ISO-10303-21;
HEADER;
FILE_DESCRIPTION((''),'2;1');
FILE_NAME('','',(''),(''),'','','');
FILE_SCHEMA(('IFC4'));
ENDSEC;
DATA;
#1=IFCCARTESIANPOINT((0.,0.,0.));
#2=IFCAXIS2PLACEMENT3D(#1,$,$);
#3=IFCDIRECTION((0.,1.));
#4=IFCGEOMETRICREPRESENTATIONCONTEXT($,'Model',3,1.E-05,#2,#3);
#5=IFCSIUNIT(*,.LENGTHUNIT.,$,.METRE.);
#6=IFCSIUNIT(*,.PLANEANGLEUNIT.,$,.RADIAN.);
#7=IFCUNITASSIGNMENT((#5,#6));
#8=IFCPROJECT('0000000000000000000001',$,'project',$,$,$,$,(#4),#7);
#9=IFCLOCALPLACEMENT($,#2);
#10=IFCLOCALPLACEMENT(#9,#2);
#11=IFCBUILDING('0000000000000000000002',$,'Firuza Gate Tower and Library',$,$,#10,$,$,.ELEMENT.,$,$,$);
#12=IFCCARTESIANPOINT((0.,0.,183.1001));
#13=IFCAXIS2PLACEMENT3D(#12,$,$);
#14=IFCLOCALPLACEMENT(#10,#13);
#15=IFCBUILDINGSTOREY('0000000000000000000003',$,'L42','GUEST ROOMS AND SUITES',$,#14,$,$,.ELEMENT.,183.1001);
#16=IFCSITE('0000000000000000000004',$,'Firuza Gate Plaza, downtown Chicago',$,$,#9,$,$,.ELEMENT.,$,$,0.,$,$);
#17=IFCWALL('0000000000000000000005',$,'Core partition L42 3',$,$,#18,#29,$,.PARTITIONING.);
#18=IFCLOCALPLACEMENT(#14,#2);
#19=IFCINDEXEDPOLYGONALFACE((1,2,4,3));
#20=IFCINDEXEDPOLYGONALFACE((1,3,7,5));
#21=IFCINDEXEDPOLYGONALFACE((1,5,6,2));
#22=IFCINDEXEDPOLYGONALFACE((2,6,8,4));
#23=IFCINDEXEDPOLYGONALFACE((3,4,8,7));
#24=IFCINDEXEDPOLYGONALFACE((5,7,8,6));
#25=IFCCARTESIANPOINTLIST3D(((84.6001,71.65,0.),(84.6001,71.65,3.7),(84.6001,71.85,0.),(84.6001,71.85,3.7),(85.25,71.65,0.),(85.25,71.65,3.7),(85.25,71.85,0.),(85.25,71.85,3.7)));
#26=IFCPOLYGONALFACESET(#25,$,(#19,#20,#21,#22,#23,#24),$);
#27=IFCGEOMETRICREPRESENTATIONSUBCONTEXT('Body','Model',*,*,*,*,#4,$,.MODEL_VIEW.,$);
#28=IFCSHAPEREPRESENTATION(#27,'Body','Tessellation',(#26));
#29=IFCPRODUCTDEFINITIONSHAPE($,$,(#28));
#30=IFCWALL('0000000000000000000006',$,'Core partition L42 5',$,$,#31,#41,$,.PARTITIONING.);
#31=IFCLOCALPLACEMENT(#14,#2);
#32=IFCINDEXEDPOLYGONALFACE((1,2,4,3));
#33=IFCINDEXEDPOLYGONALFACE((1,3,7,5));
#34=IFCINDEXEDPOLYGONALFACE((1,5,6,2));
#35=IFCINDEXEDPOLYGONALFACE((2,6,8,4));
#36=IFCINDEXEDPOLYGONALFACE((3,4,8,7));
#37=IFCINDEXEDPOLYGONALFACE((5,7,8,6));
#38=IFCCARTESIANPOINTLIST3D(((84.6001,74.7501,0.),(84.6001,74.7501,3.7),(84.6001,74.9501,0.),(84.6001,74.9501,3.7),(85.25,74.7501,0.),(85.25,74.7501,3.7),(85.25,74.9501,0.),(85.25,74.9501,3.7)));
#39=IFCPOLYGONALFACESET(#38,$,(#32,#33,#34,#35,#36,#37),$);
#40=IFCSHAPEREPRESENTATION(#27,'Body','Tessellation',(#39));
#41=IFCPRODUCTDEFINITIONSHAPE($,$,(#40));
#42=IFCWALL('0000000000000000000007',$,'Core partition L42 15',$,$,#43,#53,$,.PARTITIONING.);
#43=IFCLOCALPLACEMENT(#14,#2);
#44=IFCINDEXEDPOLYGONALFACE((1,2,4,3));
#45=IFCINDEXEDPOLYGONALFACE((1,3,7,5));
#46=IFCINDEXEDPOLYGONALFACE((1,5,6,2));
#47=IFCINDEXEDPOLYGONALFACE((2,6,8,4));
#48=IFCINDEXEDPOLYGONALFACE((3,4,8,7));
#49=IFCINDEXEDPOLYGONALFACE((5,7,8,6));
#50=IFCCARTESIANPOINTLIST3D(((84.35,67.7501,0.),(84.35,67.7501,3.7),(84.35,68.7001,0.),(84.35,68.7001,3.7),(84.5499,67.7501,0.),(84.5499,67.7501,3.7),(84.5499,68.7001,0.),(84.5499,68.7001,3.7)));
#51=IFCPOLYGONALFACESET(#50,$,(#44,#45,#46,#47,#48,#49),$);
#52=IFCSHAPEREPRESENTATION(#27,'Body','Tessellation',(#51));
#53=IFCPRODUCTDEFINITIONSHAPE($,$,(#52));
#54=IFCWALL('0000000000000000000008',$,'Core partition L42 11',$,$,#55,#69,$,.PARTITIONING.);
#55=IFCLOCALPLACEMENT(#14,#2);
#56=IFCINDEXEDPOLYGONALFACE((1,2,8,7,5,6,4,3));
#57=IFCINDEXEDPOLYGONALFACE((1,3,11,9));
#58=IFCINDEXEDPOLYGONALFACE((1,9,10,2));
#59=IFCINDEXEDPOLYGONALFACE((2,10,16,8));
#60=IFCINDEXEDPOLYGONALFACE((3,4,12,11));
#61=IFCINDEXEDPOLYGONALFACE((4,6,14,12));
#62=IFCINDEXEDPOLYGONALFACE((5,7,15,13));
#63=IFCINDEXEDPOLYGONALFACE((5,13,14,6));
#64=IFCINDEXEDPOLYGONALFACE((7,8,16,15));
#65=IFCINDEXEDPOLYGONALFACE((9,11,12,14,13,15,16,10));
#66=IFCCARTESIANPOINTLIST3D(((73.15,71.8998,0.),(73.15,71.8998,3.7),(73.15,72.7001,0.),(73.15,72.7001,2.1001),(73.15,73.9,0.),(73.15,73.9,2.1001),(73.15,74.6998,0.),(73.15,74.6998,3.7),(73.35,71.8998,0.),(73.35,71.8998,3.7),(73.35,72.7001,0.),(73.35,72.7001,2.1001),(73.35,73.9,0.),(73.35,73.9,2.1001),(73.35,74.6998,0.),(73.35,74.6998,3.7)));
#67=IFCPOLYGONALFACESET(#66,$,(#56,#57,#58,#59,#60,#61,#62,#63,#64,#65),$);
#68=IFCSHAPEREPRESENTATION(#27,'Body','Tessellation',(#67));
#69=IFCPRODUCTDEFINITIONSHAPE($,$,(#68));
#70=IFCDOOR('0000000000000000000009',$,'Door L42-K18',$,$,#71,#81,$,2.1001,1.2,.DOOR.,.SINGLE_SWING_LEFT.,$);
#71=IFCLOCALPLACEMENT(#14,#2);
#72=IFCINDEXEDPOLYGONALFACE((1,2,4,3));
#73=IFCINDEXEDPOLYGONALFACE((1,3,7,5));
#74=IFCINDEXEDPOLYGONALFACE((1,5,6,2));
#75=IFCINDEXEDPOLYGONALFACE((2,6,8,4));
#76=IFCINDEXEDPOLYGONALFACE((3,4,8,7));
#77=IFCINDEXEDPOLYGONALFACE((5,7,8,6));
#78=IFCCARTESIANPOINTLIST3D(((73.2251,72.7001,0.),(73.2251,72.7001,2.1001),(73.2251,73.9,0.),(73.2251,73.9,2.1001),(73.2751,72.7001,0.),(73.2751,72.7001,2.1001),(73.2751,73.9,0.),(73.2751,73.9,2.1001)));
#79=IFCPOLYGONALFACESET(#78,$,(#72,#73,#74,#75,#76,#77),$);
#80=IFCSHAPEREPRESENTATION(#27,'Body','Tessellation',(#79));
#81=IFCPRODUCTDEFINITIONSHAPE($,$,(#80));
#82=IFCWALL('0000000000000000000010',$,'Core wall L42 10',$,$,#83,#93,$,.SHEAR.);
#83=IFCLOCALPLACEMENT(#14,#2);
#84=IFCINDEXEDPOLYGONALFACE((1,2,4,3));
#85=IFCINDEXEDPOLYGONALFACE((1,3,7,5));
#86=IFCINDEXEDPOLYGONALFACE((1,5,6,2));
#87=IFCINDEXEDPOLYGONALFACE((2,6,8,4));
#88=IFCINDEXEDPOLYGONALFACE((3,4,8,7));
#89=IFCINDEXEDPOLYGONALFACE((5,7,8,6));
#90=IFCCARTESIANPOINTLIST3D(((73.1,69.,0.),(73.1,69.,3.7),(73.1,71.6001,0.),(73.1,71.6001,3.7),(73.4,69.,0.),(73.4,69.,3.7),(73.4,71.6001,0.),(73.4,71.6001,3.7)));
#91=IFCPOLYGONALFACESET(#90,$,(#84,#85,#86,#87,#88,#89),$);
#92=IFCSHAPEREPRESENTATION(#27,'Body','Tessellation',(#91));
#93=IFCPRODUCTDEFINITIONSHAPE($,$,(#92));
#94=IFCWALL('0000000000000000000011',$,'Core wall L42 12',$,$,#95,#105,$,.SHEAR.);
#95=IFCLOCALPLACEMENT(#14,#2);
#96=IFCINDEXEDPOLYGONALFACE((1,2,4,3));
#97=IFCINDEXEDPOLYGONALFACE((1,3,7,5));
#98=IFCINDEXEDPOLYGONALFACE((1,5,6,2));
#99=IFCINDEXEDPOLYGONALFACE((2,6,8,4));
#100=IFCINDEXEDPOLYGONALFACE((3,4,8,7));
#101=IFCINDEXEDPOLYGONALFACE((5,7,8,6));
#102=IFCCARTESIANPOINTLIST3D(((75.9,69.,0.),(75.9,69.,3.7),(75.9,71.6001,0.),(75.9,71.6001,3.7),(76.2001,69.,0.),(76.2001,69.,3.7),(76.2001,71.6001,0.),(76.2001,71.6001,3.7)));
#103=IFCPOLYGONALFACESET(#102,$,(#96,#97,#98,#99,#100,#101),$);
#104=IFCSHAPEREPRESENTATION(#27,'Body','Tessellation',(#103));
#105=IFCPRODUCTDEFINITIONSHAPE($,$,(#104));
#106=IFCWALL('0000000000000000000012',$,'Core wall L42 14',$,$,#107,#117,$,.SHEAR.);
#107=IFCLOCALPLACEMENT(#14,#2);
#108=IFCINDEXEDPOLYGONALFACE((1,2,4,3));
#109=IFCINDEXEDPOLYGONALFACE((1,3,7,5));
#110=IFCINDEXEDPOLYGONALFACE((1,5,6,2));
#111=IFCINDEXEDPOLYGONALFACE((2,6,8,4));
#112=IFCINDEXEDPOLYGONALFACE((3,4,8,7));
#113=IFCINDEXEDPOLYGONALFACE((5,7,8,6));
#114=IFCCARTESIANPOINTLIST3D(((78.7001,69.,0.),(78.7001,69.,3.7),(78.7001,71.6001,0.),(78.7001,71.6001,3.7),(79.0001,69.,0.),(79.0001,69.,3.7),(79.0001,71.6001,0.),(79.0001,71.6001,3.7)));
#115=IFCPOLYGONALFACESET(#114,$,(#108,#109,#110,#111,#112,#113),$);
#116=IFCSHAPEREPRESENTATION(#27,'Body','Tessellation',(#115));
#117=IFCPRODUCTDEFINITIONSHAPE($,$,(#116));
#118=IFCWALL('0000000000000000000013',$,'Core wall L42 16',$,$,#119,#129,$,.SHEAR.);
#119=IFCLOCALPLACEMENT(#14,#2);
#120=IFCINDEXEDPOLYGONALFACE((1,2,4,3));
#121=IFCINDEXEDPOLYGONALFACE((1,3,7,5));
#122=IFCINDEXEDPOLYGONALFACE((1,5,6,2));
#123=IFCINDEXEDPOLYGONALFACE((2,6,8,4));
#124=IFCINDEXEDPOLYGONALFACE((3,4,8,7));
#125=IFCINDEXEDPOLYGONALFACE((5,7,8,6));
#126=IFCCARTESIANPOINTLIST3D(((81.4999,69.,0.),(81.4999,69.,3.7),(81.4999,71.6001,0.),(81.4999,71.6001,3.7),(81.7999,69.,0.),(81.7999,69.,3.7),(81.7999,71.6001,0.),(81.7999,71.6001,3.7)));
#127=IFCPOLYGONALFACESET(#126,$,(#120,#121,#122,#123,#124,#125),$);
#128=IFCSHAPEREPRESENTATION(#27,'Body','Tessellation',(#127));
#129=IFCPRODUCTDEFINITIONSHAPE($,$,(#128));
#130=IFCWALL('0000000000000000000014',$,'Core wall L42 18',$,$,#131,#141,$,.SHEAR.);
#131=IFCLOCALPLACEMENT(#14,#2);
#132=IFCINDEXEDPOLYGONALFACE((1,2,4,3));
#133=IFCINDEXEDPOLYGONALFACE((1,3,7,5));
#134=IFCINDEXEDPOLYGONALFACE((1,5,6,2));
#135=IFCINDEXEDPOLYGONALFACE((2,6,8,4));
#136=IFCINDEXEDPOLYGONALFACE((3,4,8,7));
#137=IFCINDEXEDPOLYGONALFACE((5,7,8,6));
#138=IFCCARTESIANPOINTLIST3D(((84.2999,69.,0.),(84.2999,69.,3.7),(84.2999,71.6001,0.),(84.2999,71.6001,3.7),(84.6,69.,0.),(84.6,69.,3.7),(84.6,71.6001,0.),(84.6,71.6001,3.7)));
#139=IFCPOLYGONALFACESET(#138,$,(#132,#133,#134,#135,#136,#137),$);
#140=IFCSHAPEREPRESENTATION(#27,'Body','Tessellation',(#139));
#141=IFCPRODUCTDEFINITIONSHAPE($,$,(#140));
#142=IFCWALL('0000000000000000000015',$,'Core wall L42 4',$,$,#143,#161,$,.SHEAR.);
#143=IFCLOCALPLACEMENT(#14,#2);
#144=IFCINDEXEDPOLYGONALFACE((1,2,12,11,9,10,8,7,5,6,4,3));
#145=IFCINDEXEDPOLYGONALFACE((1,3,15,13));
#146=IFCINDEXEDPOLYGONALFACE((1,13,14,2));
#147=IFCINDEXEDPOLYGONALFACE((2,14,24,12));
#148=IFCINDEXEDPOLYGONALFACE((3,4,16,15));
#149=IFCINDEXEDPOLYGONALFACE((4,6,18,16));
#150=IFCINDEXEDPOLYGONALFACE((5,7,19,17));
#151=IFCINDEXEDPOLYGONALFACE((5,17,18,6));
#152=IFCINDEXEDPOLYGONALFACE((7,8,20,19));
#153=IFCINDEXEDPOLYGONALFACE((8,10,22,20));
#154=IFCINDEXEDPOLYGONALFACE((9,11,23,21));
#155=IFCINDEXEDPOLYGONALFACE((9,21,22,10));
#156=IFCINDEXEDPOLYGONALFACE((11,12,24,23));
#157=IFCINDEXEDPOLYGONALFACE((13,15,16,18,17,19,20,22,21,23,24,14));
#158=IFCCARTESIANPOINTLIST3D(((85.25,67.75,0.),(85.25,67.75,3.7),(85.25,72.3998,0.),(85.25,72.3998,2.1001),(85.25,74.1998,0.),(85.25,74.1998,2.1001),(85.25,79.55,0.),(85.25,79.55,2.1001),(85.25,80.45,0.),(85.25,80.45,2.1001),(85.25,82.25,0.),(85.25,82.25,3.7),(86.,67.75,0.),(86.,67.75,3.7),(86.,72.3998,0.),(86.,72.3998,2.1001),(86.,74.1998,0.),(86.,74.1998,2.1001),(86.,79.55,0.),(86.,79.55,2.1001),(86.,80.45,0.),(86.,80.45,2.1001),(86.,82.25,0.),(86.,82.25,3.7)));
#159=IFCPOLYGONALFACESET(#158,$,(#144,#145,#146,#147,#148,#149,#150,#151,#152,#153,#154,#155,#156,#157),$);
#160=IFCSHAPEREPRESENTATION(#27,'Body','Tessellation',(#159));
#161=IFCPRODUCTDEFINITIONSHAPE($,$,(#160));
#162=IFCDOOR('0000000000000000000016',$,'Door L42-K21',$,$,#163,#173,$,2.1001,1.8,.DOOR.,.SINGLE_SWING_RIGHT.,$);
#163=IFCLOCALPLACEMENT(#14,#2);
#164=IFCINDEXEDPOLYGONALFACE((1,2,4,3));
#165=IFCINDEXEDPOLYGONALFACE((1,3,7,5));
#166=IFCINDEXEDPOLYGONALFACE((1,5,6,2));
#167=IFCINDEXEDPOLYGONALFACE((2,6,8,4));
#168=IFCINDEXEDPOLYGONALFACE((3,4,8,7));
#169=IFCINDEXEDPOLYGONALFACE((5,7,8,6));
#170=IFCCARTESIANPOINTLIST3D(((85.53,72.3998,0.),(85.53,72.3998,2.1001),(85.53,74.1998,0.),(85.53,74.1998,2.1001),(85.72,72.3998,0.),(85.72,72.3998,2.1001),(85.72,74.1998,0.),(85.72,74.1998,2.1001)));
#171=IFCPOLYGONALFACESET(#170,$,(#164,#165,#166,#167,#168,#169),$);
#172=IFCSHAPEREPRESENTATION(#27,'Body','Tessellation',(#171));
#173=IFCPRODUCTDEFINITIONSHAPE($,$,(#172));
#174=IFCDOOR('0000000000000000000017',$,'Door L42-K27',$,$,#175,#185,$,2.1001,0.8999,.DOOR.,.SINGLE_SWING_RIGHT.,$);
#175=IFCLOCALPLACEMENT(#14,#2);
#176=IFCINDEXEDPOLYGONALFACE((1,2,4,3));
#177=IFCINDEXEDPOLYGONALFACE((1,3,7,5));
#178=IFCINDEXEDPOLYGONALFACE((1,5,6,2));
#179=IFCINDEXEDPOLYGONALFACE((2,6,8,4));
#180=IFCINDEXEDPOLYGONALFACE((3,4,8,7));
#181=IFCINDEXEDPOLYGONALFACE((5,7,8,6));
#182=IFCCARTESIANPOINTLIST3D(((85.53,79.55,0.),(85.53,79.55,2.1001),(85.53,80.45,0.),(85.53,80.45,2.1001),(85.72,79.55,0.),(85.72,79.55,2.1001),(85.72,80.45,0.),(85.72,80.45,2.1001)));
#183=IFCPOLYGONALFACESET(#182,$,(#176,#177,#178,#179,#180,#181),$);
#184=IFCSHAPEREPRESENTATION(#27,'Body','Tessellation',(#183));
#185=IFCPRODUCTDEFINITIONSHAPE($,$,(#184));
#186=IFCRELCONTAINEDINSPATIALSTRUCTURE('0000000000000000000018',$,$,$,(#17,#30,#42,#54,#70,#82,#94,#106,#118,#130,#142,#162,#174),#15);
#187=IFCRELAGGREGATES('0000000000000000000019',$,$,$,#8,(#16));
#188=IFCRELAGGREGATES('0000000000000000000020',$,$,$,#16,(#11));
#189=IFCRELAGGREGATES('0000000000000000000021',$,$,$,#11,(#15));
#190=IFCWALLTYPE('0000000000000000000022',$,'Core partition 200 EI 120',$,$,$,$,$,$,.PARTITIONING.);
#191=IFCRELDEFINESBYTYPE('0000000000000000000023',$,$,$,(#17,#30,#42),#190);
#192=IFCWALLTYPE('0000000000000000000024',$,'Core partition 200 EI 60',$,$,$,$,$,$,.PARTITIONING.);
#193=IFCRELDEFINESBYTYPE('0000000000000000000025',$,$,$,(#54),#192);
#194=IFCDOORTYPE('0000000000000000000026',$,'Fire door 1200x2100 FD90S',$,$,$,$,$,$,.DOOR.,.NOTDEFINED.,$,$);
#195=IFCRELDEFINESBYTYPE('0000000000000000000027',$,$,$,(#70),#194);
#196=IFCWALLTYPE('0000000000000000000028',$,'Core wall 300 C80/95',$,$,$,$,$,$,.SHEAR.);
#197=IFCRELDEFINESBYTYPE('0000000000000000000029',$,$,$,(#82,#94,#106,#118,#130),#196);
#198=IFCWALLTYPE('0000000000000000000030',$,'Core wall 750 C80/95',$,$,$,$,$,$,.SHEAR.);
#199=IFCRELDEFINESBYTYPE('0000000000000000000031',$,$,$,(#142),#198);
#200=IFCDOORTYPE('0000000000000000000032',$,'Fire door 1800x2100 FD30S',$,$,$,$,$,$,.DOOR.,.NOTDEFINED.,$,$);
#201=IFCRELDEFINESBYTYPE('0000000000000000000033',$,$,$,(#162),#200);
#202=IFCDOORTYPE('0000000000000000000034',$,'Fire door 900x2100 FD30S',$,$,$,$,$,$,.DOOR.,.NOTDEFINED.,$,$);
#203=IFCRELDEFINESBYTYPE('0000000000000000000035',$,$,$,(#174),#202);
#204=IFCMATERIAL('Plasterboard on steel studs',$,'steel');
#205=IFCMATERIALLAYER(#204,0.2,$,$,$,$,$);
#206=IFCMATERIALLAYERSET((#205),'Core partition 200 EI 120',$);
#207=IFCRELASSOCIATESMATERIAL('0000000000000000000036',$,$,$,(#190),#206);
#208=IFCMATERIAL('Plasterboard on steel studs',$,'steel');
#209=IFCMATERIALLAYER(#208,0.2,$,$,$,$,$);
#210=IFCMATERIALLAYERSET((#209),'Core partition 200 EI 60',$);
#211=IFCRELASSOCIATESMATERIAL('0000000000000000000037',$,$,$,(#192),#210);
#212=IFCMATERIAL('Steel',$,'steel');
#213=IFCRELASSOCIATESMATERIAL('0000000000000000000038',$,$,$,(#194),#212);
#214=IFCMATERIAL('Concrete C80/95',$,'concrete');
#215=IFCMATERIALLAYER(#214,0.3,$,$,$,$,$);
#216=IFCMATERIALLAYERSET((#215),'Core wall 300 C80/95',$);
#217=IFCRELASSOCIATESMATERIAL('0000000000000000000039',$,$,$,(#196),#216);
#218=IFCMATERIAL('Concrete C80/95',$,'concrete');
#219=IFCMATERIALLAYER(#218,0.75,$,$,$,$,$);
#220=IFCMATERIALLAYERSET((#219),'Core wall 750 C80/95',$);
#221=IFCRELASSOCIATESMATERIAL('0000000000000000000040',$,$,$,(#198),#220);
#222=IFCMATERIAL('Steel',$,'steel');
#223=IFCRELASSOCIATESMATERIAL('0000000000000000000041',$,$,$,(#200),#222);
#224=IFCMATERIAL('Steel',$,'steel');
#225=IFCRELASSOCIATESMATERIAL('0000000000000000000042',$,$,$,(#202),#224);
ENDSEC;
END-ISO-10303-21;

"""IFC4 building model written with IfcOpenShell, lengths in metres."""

from ifc_helpers import new_model, si_unit, direction, frame, frame_2d, origin, place, context, subcontext, project, spatial, rectangle, extrude, material, layer, layer_set, type_object, element, fill, save


model = new_model("IFC4")

# Units and contexts
model_context = context("Model", 3, precision=1e-05, world=origin(), true_north=direction((0.0, 1.0)))
body_context = subcontext(model_context, "Body", "Model", "MODEL_VIEW")
ifc_project = project(units=[si_unit("LENGTHUNIT", "METRE"), si_unit("PLANEANGLEUNIT", "RADIAN")], contexts=[model_context])

# Site, building, storey
site_placement = place(None, origin())
site = spatial("IfcSite", under=ifc_project, at=site_placement, Name="Firuza Gate Plaza, downtown Chicago", CompositionType="ELEMENT", RefElevation=0.0)
building_placement = place(site_placement, origin())
building = spatial("IfcBuilding", under=site, at=building_placement, Name="Firuza Gate Tower and Library", CompositionType="ELEMENT")
storey_placement = place(building_placement, frame((0.0, 0.0, 183.1001)))
storey = spatial("IfcBuildingStorey", under=building, at=storey_placement, Name="L42", Description="GUEST ROOMS AND SUITES", CompositionType="ELEMENT", Elevation=183.1001)

# Walls
ifc_material_1 = material(Name="Plasterboard on steel studs", Category="steel")
ifc_layer_1 = layer(ifc_material_1, 0.2)
ifc_layer_set_1 = layer_set([ifc_layer_1], Name="Core partition 200 EI 120")
wall_type_1 = type_object("IfcWallType", Name="Core partition 200 EI 120", PredefinedType="PARTITIONING", material=ifc_layer_set_1)
for number, where, z_axis, x_axis, name in (
    (1, (84.6001, 71.75, 0.0), (0.0, 0.0, 1.0), (1.0, 0.0, 0.0), "Core partition L42 3"),
    (2, (84.6001, 74.8501, 0.0), (0.0, 0.0, 1.0), (1.0, 0.0, 0.0), "Core partition L42 5"),
):
    element("IfcWall", number, at=place(storey_placement, frame(where, z_axis=z_axis, x_axis=x_axis)), inside=storey, type_object=wall_type_1, Name=name, PredefinedType="PARTITIONING", context=body_context, shape_type="SweptSolid", body=[
        extrude(rectangle(XDim=0.6499, YDim=0.2, at=frame_2d((0.325, 0.0))), origin(), (0.0, 0.0, 1.0), 3.7),
    ])
wall_1_placement = place(storey_placement, frame((84.45, 67.75, 0.0), z_axis=(0.0, 0.0, 1.0), x_axis=(0.0, 1.0, 0.0)))
element("IfcWall", 3, at=wall_1_placement, inside=storey, type_object=wall_type_1, Name="Core partition L42 15", PredefinedType="PARTITIONING", context=body_context, shape_type="SweptSolid", body=[
    extrude(rectangle(XDim=0.95, YDim=0.2, at=frame_2d((0.4751, 0.0))), origin(), (0.0, 0.0, 1.0), 3.7),
])

# Wall, opening, door
ifc_material_2 = material(Name="Plasterboard on steel studs", Category="steel")
ifc_layer_2 = layer(ifc_material_2, 0.2)
ifc_layer_set_2 = layer_set([ifc_layer_2], Name="Core partition 200 EI 60")
wall_type_2 = type_object("IfcWallType", Name="Core partition 200 EI 60", PredefinedType="PARTITIONING", material=ifc_layer_set_2)
wall_2_placement = place(storey_placement, frame((73.25, 71.8999, 0.0), z_axis=(0.0, 0.0, 1.0), x_axis=(0.0, 1.0, 0.0)))
wall_2 = element("IfcWall", 4, at=wall_2_placement, inside=storey, type_object=wall_type_2, Name="Core partition L42 11", PredefinedType="PARTITIONING", context=body_context, shape_type="SweptSolid", body=[
    extrude(rectangle(XDim=2.8, YDim=0.2, at=frame_2d((1.3999, 0.0))), origin(), (0.0, 0.0, 1.0), 3.7),
])
opening_1_placement = place(wall_2_placement, frame((0.8, 0.0, 0.0)))
opening_1 = element("IfcOpeningElement", 5, at=opening_1_placement, cuts=wall_2, PredefinedType="OPENING", context=body_context, shape_type="SweptSolid", body=[
    extrude(rectangle(XDim=1.2, YDim=2.1001, at=frame_2d((0.6001, 1.05))), frame((0.0, 0.1099, 0.0), z_axis=(0.0, -1.0, 0.0), x_axis=(1.0, 0.0, 0.0)), (0.0, 0.0, 1.0), 0.22),
])
ifc_material_3 = material(Name="Steel", Category="steel")
door_type_1 = type_object("IfcDoorType", Name="Fire door 1200x2100 FD90S", OperationType="NOTDEFINED", PredefinedType="DOOR", material=ifc_material_3)
door_1_placement = place(opening_1_placement, origin())
door_1 = element("IfcDoor", 6, at=door_1_placement, inside=storey, type_object=door_type_1, Name="Door L42-K18", OperationType="SINGLE_SWING_LEFT", OverallHeight=2.1001, OverallWidth=1.2, PredefinedType="DOOR", context=body_context, shape_type="SweptSolid", body=[
    extrude(rectangle(XDim=1.2, YDim=2.1001, at=frame_2d((0.6001, 1.05))), frame((0.0, 0.0249, 0.0), z_axis=(0.0, -1.0, 0.0), x_axis=(1.0, 0.0, 0.0)), (0.0, 0.0, 1.0), 0.05),
])
fill(opening_1, door_1)

# Walls
ifc_material_4 = material(Name="Concrete C80/95", Category="concrete")
ifc_layer_3 = layer(ifc_material_4, 0.3)
ifc_layer_set_3 = layer_set([ifc_layer_3], Name="Core wall 300 C80/95")
wall_type_3 = type_object("IfcWallType", Name="Core wall 300 C80/95", PredefinedType="SHEAR", material=ifc_layer_set_3)
for number, where, z_axis, x_axis, name in (
    (7, (73.25, 69.0, 0.0), (0.0, 0.0, 1.0), (0.0, 1.0, 0.0), "Core wall L42 10"),
    (8, (76.05, 69.0, 0.0), (0.0, 0.0, 1.0), (0.0, 1.0, 0.0), "Core wall L42 12"),
    (9, (78.8501, 69.0, 0.0), (0.0, 0.0, 1.0), (0.0, 1.0, 0.0), "Core wall L42 14"),
    (10, (81.6499, 69.0, 0.0), (0.0, 0.0, 1.0), (0.0, 1.0, 0.0), "Core wall L42 16"),
    (11, (84.45, 69.0, 0.0), (0.0, 0.0, 1.0), (0.0, 1.0, 0.0), "Core wall L42 18"),
):
    element("IfcWall", number, at=place(storey_placement, frame(where, z_axis=z_axis, x_axis=x_axis)), inside=storey, type_object=wall_type_3, Name=name, PredefinedType="SHEAR", context=body_context, shape_type="SweptSolid", body=[
        extrude(rectangle(XDim=2.6001, YDim=0.3, at=frame_2d((1.3, 0.0))), origin(), (0.0, 0.0, 1.0), 3.7),
    ])

# Wall, openings, doors
ifc_material_5 = material(Name="Concrete C80/95", Category="concrete")
ifc_layer_4 = layer(ifc_material_5, 0.75)
ifc_layer_set_4 = layer_set([ifc_layer_4], Name="Core wall 750 C80/95")
wall_type_4 = type_object("IfcWallType", Name="Core wall 750 C80/95", PredefinedType="SHEAR", material=ifc_layer_set_4)
wall_3_placement = place(storey_placement, frame((85.625, 67.75, 0.0), z_axis=(0.0, 0.0, 1.0), x_axis=(0.0, 1.0, 0.0)))
wall_3 = element("IfcWall", 12, at=wall_3_placement, inside=storey, type_object=wall_type_4, Name="Core wall L42 4", PredefinedType="SHEAR", context=body_context, shape_type="SweptSolid", body=[
    extrude(rectangle(XDim=14.5, YDim=0.75, at=frame_2d((7.25, 0.0))), origin(), (0.0, 0.0, 1.0), 3.7),
])
opening_2_placement = place(wall_3_placement, frame((4.6499, 0.0, 0.0)))
opening_2 = element("IfcOpeningElement", 13, at=opening_2_placement, cuts=wall_3, PredefinedType="OPENING", context=body_context, shape_type="SweptSolid", body=[
    extrude(rectangle(XDim=1.8, YDim=2.1001, at=frame_2d((0.8999, 1.05))), frame((0.0, 0.385, 0.0), z_axis=(0.0, -1.0, 0.0), x_axis=(1.0, 0.0, 0.0)), (0.0, 0.0, 1.0), 0.77),
])
opening_3_placement = place(wall_3_placement, frame((11.8, 0.0, 0.0)))
opening_3 = element("IfcOpeningElement", 14, at=opening_3_placement, cuts=wall_3, PredefinedType="OPENING", context=body_context, shape_type="SweptSolid", body=[
    extrude(rectangle(XDim=0.8999, YDim=2.1001, at=frame_2d((0.45, 1.05))), frame((0.0, 0.385, 0.0), z_axis=(0.0, -1.0, 0.0), x_axis=(1.0, 0.0, 0.0)), (0.0, 0.0, 1.0), 0.77),
])
ifc_material_6 = material(Name="Steel", Category="steel")
door_type_2 = type_object("IfcDoorType", Name="Fire door 1800x2100 FD30S", OperationType="NOTDEFINED", PredefinedType="DOOR", material=ifc_material_6)
door_2_placement = place(opening_2_placement, origin())
door_2 = element("IfcDoor", 15, at=door_2_placement, inside=storey, type_object=door_type_2, Name="Door L42-K21", OperationType="SINGLE_SWING_RIGHT", OverallHeight=2.1001, OverallWidth=1.8, PredefinedType="DOOR", context=body_context, shape_type="SweptSolid", body=[
    extrude(rectangle(XDim=1.8, YDim=2.1001, at=frame_2d((0.8999, 1.05))), frame((0.0, 0.095, 0.0), z_axis=(0.0, -1.0, 0.0), x_axis=(1.0, 0.0, 0.0)), (0.0, 0.0, 1.0), 0.1899),
])
fill(opening_2, door_2)
ifc_material_7 = material(Name="Steel", Category="steel")
door_type_3 = type_object("IfcDoorType", Name="Fire door 900x2100 FD30S", OperationType="NOTDEFINED", PredefinedType="DOOR", material=ifc_material_7)
door_3_placement = place(opening_3_placement, origin())
door_3 = element("IfcDoor", 16, at=door_3_placement, inside=storey, type_object=door_type_3, Name="Door L42-K27", OperationType="SINGLE_SWING_RIGHT", OverallHeight=2.1001, OverallWidth=0.8999, PredefinedType="DOOR", context=body_context, shape_type="SweptSolid", body=[
    extrude(rectangle(XDim=0.8999, YDim=2.1001, at=frame_2d((0.45, 1.05))), frame((0.0, 0.095, 0.0), z_axis=(0.0, -1.0, 0.0), x_axis=(1.0, 0.0, 0.0)), (0.0, 0.0, 1.0), 0.1899),
])
fill(opening_3, door_3)

save(model, "model.ifc")
